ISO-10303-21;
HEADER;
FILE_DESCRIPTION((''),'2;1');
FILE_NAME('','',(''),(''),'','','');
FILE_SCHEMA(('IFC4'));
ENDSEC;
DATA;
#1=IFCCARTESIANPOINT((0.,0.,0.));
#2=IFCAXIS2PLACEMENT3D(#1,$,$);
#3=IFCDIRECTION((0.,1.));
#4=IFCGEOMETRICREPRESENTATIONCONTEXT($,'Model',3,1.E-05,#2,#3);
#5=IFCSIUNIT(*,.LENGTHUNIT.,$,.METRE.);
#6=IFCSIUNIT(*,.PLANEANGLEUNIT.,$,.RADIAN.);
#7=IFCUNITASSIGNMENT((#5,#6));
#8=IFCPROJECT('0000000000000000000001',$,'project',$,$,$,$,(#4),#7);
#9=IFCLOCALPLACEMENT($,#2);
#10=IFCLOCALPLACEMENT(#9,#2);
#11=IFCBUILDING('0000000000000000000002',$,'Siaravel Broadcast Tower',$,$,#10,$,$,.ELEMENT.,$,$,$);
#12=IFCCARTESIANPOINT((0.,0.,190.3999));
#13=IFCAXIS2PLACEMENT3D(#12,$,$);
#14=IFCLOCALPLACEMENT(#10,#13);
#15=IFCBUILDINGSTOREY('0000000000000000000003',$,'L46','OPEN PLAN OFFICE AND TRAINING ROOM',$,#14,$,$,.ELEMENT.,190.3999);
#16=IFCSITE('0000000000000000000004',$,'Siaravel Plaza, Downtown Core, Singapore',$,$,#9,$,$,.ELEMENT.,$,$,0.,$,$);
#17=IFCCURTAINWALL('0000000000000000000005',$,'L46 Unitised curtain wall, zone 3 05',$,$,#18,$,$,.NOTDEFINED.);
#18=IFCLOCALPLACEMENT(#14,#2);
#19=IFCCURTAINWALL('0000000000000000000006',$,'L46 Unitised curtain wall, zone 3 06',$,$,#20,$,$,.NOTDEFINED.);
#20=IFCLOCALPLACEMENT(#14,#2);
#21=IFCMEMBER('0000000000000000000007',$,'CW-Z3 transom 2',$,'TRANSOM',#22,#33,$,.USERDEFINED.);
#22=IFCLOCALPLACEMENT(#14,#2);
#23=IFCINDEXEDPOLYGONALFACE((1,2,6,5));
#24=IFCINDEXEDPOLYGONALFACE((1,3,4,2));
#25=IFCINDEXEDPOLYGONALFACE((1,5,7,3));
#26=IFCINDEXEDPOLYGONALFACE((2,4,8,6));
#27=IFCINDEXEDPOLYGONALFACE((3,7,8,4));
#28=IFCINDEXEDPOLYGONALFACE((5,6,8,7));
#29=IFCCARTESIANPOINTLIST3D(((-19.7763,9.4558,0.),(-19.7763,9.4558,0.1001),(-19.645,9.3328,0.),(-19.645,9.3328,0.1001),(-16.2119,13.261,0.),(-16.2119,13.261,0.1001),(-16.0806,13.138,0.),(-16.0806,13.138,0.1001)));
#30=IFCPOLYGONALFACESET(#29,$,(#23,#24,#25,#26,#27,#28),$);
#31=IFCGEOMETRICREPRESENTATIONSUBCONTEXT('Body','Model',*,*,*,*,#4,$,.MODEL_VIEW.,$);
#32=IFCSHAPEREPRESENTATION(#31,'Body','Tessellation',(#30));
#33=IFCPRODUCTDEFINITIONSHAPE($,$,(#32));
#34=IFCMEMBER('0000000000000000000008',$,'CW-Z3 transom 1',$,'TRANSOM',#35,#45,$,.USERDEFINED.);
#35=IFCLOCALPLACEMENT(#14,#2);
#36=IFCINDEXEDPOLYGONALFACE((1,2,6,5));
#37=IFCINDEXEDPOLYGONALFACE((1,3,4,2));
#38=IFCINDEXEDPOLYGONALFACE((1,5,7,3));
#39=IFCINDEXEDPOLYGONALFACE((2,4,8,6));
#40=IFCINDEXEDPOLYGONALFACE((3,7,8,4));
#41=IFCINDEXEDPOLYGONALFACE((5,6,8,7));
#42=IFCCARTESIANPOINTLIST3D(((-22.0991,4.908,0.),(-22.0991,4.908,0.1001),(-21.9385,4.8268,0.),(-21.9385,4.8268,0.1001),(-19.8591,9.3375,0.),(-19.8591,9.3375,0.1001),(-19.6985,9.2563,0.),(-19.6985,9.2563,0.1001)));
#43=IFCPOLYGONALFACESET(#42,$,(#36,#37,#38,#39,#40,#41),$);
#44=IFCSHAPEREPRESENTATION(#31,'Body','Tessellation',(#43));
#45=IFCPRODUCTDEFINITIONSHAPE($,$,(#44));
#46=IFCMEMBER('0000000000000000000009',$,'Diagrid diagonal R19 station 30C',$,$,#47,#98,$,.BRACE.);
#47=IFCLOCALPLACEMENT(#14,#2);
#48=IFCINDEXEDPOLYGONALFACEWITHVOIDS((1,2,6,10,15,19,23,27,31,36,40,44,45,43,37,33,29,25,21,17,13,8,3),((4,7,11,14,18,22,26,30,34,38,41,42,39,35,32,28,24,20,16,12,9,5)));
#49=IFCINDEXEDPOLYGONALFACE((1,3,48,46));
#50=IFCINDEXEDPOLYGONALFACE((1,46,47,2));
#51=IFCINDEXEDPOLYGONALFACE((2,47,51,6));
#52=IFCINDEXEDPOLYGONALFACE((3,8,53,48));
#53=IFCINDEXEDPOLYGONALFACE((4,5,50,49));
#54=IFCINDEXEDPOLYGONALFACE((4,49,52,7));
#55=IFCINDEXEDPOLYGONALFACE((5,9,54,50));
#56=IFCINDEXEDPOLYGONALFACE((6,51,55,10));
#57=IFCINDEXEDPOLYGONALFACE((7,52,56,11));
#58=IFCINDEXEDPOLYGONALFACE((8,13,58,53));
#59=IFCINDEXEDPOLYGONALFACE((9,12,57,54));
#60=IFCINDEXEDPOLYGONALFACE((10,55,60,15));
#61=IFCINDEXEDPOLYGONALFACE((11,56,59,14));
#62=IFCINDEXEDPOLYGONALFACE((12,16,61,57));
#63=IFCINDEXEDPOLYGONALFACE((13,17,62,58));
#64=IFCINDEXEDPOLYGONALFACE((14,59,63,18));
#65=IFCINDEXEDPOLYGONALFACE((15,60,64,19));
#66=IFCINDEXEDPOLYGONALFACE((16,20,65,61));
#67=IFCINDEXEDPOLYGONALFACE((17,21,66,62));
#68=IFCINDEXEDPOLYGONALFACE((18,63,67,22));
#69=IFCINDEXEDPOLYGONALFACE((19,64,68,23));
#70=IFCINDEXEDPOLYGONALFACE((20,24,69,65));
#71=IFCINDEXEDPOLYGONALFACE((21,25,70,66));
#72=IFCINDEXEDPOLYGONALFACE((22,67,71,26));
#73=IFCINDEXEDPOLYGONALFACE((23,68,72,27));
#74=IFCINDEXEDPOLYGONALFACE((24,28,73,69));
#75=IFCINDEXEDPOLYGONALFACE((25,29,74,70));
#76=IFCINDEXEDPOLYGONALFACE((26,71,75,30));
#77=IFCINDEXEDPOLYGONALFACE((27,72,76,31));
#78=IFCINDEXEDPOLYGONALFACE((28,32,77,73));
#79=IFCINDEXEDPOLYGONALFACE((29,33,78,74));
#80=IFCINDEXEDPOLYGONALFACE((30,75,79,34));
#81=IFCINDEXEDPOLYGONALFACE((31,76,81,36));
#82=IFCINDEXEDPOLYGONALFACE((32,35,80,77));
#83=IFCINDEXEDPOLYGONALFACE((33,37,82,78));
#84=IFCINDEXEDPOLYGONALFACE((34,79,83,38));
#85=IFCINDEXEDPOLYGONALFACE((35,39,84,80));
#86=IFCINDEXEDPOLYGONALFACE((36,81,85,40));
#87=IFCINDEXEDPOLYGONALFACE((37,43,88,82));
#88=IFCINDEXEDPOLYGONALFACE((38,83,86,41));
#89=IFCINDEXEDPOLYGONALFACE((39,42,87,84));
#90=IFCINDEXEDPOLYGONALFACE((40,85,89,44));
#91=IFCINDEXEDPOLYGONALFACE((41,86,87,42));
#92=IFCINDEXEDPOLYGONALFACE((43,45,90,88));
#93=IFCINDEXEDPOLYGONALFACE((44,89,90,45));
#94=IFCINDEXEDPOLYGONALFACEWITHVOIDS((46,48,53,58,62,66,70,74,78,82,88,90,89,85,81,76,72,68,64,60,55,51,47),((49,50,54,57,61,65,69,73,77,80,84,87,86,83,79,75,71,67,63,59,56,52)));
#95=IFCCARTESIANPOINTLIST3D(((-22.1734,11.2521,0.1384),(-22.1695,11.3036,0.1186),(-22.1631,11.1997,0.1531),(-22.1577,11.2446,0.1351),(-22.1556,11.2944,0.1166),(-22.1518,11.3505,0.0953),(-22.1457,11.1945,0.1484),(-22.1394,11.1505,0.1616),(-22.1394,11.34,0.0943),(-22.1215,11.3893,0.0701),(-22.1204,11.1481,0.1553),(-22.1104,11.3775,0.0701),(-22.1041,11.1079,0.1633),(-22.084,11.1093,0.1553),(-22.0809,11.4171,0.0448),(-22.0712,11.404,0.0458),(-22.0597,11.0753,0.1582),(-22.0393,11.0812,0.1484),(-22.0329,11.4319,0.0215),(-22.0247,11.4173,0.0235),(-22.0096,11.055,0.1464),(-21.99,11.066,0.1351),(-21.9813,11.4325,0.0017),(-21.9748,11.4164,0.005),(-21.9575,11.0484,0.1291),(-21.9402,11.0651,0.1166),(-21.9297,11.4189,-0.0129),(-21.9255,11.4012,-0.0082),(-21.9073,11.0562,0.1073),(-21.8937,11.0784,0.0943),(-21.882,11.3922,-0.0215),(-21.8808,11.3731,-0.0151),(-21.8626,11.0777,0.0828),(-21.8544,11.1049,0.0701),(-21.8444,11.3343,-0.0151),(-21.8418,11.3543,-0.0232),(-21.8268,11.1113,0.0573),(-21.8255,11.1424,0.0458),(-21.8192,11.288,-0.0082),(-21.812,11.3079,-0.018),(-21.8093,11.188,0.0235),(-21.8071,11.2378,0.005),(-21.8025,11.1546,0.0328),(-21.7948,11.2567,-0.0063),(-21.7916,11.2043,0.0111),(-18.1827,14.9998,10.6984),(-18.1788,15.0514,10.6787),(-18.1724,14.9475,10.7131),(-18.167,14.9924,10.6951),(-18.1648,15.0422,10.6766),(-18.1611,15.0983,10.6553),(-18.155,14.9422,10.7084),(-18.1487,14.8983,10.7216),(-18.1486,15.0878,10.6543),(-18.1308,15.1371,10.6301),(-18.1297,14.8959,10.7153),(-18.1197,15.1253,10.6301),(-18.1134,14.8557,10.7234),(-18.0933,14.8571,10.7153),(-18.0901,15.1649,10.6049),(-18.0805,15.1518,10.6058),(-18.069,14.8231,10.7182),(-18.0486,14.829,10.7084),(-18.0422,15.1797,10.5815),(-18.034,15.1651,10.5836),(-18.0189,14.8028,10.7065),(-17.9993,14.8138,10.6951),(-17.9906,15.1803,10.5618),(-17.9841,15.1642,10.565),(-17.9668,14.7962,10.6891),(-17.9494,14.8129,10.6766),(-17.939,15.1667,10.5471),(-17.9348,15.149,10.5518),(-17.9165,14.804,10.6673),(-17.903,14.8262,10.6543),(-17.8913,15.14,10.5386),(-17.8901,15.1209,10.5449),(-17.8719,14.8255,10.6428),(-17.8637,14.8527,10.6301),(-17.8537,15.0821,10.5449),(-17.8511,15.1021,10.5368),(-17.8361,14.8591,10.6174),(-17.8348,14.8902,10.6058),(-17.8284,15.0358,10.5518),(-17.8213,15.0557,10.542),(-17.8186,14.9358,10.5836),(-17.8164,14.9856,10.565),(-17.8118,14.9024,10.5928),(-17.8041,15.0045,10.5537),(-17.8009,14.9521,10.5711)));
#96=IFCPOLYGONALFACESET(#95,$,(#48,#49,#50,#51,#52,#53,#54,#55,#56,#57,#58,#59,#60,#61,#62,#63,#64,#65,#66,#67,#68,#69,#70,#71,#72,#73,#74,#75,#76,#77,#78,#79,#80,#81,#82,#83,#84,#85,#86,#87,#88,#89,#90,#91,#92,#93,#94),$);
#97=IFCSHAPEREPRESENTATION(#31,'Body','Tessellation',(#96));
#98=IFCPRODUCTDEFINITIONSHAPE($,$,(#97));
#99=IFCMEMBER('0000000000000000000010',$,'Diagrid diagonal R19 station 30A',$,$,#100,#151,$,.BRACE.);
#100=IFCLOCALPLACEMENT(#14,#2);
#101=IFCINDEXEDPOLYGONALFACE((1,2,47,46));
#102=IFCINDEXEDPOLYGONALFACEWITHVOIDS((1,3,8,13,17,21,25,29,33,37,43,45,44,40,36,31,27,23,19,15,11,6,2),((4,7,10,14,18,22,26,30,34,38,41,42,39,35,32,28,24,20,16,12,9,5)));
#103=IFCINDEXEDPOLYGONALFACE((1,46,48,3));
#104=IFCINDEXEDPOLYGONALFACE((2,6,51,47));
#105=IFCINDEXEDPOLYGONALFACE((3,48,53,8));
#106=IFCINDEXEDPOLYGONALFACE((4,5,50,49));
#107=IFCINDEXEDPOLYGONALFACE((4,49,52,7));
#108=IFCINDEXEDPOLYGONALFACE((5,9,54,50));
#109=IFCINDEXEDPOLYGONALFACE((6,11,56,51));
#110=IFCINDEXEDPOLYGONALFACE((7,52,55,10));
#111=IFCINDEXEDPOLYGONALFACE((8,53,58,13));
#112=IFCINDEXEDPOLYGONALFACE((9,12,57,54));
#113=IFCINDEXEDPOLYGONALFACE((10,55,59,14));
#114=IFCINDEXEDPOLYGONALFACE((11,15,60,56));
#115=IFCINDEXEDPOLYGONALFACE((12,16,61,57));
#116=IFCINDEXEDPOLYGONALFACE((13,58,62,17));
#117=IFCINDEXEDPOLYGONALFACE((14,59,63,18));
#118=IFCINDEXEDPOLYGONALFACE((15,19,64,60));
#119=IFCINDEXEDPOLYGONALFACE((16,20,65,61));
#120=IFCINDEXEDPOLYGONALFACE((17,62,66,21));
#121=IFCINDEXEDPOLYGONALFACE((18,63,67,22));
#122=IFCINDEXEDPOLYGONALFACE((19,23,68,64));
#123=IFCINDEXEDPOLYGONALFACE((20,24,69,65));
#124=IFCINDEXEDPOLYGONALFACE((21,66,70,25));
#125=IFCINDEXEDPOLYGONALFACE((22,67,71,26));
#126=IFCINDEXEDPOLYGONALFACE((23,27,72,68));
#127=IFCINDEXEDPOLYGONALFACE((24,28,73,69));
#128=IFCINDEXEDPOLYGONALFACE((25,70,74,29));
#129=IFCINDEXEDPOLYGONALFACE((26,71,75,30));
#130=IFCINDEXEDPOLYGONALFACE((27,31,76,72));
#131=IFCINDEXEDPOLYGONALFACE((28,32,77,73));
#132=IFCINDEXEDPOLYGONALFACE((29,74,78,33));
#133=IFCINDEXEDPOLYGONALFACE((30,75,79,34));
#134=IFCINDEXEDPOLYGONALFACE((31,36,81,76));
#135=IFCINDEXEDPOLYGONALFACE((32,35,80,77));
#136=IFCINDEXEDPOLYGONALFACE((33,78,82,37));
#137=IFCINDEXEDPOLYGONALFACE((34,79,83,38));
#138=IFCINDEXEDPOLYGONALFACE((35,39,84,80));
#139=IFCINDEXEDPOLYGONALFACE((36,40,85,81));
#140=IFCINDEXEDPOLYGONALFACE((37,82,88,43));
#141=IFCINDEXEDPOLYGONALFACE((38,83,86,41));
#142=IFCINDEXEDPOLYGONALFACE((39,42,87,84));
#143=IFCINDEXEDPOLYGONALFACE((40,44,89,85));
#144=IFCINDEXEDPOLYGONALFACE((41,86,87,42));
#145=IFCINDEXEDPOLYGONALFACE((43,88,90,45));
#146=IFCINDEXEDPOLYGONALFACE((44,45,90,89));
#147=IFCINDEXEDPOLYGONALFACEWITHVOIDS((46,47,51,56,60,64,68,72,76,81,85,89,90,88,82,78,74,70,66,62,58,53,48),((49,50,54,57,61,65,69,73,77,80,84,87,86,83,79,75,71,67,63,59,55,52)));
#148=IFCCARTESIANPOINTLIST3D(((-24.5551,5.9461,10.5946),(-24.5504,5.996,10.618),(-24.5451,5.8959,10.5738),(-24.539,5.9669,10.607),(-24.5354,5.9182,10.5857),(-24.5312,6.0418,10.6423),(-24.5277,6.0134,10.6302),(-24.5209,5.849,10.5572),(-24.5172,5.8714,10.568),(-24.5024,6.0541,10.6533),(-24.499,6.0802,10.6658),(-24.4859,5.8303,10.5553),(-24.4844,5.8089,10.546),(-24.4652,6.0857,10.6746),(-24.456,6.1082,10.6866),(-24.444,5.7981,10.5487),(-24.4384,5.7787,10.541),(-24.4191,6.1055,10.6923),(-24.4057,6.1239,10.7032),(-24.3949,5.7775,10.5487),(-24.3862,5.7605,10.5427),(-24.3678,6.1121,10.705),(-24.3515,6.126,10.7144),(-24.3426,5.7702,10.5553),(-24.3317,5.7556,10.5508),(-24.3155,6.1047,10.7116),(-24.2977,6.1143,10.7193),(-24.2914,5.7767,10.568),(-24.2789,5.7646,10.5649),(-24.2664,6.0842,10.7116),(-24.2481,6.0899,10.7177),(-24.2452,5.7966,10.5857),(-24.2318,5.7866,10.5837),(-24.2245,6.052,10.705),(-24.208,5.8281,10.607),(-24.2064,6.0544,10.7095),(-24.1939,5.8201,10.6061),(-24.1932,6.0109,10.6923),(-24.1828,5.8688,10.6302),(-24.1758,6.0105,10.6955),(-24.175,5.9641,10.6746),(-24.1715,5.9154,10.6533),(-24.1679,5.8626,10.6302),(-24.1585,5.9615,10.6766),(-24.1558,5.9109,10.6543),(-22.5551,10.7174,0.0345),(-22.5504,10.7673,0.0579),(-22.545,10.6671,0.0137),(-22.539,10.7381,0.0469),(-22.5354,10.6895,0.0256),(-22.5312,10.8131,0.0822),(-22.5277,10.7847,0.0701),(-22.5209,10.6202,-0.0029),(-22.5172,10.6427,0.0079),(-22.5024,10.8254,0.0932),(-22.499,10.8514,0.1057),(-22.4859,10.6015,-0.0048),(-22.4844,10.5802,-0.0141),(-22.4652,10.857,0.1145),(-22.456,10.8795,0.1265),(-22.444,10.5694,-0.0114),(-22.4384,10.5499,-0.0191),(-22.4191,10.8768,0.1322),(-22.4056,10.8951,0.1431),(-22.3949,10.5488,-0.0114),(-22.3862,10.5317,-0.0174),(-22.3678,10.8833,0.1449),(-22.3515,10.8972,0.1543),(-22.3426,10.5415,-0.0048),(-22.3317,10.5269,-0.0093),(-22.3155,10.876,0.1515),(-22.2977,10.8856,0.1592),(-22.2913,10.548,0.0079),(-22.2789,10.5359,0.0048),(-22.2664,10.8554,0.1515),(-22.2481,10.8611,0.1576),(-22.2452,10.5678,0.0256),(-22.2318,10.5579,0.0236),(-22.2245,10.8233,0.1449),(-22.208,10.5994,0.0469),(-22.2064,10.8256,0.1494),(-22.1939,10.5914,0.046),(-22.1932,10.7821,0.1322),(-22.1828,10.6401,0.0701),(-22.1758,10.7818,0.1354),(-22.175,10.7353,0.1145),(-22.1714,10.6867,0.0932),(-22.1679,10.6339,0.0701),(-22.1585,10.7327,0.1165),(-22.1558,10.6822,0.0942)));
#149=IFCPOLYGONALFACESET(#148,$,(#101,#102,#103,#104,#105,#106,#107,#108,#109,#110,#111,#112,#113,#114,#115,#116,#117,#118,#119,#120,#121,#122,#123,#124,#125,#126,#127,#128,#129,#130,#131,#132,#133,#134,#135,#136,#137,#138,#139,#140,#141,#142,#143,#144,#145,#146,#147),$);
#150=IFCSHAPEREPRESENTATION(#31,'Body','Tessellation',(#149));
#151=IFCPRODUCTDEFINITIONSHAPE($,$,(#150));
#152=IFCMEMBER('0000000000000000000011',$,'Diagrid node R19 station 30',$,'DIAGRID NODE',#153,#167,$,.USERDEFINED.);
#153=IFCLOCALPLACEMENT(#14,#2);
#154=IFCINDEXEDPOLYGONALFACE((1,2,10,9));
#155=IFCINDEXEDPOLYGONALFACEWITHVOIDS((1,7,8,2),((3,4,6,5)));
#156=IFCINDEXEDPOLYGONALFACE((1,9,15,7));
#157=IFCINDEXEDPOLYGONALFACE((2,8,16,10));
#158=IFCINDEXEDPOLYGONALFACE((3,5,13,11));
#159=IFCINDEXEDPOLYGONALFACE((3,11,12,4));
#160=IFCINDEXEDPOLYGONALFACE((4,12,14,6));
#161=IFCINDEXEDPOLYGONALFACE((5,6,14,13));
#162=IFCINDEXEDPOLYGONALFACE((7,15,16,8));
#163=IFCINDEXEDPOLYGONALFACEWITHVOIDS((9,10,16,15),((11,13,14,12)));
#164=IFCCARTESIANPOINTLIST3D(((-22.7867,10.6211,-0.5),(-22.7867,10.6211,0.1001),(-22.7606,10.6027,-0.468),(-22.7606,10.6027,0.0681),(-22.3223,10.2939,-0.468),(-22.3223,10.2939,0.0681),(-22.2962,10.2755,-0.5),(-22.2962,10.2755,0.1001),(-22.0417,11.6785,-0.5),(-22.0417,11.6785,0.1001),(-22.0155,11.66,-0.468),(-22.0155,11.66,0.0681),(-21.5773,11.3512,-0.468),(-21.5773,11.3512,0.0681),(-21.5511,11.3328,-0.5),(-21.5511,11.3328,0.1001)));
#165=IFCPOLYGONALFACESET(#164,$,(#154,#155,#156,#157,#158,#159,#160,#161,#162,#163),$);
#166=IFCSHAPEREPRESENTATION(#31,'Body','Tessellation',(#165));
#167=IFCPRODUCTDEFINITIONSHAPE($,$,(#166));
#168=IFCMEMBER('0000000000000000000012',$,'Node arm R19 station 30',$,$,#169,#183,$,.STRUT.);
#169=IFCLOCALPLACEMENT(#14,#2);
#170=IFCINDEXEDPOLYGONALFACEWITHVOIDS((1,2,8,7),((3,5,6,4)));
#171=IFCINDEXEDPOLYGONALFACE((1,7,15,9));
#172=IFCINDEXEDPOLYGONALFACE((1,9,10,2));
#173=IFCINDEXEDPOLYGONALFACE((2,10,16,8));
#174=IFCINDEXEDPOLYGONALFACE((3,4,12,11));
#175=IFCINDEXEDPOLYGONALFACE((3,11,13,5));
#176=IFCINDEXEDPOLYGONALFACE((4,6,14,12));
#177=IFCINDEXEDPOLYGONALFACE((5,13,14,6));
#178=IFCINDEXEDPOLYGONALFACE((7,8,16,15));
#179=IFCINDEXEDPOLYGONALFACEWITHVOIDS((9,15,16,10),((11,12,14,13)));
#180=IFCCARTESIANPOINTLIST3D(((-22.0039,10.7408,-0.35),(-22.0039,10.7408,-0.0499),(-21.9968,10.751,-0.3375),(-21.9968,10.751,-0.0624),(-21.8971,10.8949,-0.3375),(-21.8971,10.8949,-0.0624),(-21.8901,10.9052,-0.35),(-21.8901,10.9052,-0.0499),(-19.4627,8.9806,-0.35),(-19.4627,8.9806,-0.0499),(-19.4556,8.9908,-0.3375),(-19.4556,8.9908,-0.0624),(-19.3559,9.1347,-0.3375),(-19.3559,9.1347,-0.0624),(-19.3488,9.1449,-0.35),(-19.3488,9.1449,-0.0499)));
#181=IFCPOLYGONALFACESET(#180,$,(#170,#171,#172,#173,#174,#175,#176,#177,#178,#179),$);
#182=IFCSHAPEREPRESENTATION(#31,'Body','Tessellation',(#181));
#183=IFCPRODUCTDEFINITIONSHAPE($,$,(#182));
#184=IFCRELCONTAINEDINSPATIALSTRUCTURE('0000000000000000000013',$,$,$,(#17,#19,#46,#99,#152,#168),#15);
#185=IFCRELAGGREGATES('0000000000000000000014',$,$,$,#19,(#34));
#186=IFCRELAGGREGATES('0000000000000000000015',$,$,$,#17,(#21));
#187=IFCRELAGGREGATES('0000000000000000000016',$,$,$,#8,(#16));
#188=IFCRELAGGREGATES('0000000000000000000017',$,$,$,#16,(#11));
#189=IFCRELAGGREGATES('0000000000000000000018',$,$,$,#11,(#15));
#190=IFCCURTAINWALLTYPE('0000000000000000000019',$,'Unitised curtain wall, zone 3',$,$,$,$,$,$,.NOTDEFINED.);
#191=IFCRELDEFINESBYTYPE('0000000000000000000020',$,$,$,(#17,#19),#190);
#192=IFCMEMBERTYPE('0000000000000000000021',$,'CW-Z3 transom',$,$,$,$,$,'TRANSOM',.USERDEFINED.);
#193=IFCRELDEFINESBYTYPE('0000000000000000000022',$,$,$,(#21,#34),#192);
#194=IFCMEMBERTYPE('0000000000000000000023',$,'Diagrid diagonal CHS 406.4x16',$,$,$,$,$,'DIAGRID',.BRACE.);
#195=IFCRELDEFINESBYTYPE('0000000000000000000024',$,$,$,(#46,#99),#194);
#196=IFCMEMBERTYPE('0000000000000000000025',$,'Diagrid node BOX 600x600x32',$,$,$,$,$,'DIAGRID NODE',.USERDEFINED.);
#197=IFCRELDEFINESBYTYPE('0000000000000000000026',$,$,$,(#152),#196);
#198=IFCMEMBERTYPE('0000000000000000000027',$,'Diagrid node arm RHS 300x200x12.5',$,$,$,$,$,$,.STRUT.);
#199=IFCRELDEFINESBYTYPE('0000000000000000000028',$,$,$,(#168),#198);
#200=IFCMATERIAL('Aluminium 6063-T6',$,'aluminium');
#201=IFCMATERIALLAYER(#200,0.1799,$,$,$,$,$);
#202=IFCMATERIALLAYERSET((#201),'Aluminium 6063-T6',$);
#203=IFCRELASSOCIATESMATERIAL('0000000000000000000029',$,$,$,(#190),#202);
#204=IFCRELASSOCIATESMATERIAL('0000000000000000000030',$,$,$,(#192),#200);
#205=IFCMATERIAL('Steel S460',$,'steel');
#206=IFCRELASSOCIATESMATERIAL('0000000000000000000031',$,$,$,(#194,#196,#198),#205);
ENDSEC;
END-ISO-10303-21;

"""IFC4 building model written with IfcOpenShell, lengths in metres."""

from ifc_helpers import new_model, si_unit, direction, frame, origin, origin_2d, place, context, subcontext, project, spatial, rectangle, hollow_rectangle, hollow_circle, extrude, material, layer, layer_set, material_profile, profile_set, type_object, element, aggregate, save


model = new_model("IFC4")

# Units and contexts
model_context = context("Model", 3, precision=1e-05, world=origin(), true_north=direction((0.0, 1.0)))
body_context = subcontext(model_context, "Body", "Model", "MODEL_VIEW")
ifc_project = project(units=[si_unit("LENGTHUNIT", "METRE"), si_unit("PLANEANGLEUNIT", "RADIAN")], contexts=[model_context])

# Site, building, storey
site_placement = place(None, origin())
site = spatial("IfcSite", under=ifc_project, at=site_placement, Name="Siaravel Plaza, Downtown Core, Singapore", CompositionType="ELEMENT", RefElevation=0.0)
building_placement = place(site_placement, origin())
building = spatial("IfcBuilding", under=site, at=building_placement, Name="Siaravel Broadcast Tower", CompositionType="ELEMENT")
storey_placement = place(building_placement, frame((0.0, 0.0, 190.3999)))
storey = spatial("IfcBuildingStorey", under=building, at=storey_placement, Name="L46", Description="OPEN PLAN OFFICE AND TRAINING ROOM", CompositionType="ELEMENT", Elevation=190.3999)

# Curtain wall
ifc_material_1 = material(Name="Aluminium 6063-T6", Category="aluminium")
ifc_layer_1 = layer(ifc_material_1, 0.1799)
ifc_layer_set_1 = layer_set([ifc_layer_1], Name="Aluminium 6063-T6")
curtain_wall_type = type_object("IfcCurtainWallType", Name="Unitised curtain wall, zone 3", PredefinedType="NOTDEFINED", material=ifc_layer_set_1)
curtain_wall_1_placement = place(storey_placement, origin())
curtain_wall_1 = element("IfcCurtainWall", 1, at=curtain_wall_1_placement, inside=storey, type_object=curtain_wall_type, Name="L46 Unitised curtain wall, zone 3 05", PredefinedType="NOTDEFINED")

# Curtain wall
curtain_wall_2_placement = place(storey_placement, origin())
curtain_wall_2 = element("IfcCurtainWall", 2, at=curtain_wall_2_placement, inside=storey, type_object=curtain_wall_type, Name="L46 Unitised curtain wall, zone 3 06", PredefinedType="NOTDEFINED")

# Members
ifc_material_profile_1 = material_profile(ifc_material_1, rectangle(XDim=0.1799, YDim=0.1001, at=origin_2d()))
ifc_profile_set_1 = profile_set([ifc_material_profile_1], Name="Aluminium 6063-T6")
member_type_1 = type_object("IfcMemberType", Name="CW-Z3 transom", ElementType="TRANSOM", PredefinedType="USERDEFINED", material=ifc_profile_set_1)
member_1_placement = place(storey_placement, frame((-16.1462, 13.1995, 0.05), z_axis=(-0.683645, -0.729815, 0.0), x_axis=(0.729815, -0.683645, 0.0)))
member_1 = element("IfcMember", 3, at=member_1_placement, type_object=member_type_1, Name="CW-Z3 transom 2", ObjectType="TRANSOM", PredefinedType="USERDEFINED", context=body_context, shape_type="SweptSolid", body=[
    extrude(rectangle(XDim=0.1799, YDim=0.1001, at=origin_2d()), origin(), (0.0, 0.0, 1.0), 5.2139),
])
member_2_placement = place(storey_placement, frame((-19.7788, 9.2969, 0.05), z_axis=(-0.451282, -0.892382, 0.0), x_axis=(0.892382, -0.451282, 0.0)))
member_2 = element("IfcMember", 4, at=member_2_placement, type_object=member_type_1, Name="CW-Z3 transom 1", ObjectType="TRANSOM", PredefinedType="USERDEFINED", context=body_context, shape_type="SweptSolid", body=[
    extrude(rectangle(XDim=0.1799, YDim=0.1001, at=origin_2d()), origin(), (0.0, 0.0, 1.0), 4.9636),
])
aggregate(curtain_wall_2, [member_2])

# Members
ifc_material_2 = material(Name="Steel S460", Category="steel")
ifc_material_profile_2 = material_profile(ifc_material_2, hollow_circle(Radius=0.2031, WallThickness=0.0161, at=origin_2d()))
ifc_profile_set_2 = profile_set([ifc_material_profile_2], Name="Steel S460")
member_type_2 = type_object("IfcMemberType", Name="Diagrid diagonal CHS 406.4x16", ElementType="DIAGRID", PredefinedType="BRACE", material=ifc_profile_set_2)
member_3_placement = place(storey_placement, frame((-21.9824, 11.2412, 0.0701), z_axis=(0.335501, 0.315079, 0.887786), x_axis=(-0.684573, 0.728944, 0.0)))
element("IfcMember", 5, at=member_3_placement, inside=storey, type_object=member_type_2, Name="Diagrid diagonal R19 station 30C", PredefinedType="BRACE", context=body_context, shape_type="SweptSolid", body=[
    extrude(hollow_circle(Radius=0.2031, WallThickness=0.0161, at=origin_2d()), origin(), (0.0, 0.0, 1.0), 11.8948),
])
member_4_placement = place(storey_placement, frame((-22.3552, 10.7124, 0.0701), z_axis=(-0.170079, -0.405744, 0.898023), x_axis=(0.922252, -0.386588, 0.0)))
element("IfcMember", 6, at=member_4_placement, inside=storey, type_object=member_type_2, Name="Diagrid diagonal R19 station 30A", PredefinedType="BRACE", context=body_context, shape_type="SweptSolid", body=[
    extrude(hollow_circle(Radius=0.2031, WallThickness=0.0161, at=origin_2d()), origin(), (0.0, 0.0, 1.0), 11.7593),
])
ifc_material_profile_3 = material_profile(ifc_material_2, hollow_rectangle(XDim=0.6001, YDim=0.6001, WallThickness=0.032, at=origin_2d()))
ifc_profile_set_3 = profile_set([ifc_material_profile_3], Name="Steel S460")
member_type_3 = type_object("IfcMemberType", Name="Diagrid node BOX 600x600x32", ElementType="DIAGRID NODE", PredefinedType="USERDEFINED", material=ifc_profile_set_3)
member_5_placement = place(storey_placement, frame((-21.7964, 11.5056, -0.2), z_axis=(-0.576031, -0.817428, 0.0), x_axis=(0.817428, -0.576031, 0.0)))
element("IfcMember", 7, at=member_5_placement, inside=storey, type_object=member_type_3, Name="Diagrid node R19 station 30", ObjectType="DIAGRID NODE", PredefinedType="USERDEFINED", context=body_context, shape_type="SweptSolid", body=[
    extrude(hollow_rectangle(XDim=0.6001, YDim=0.6001, WallThickness=0.032, at=origin_2d()), origin(), (0.0, 0.0, 1.0), 1.2935),
])
ifc_material_profile_4 = material_profile(ifc_material_2, hollow_rectangle(XDim=0.2, YDim=0.3, WallThickness=0.0125, at=origin_2d()))
ifc_profile_set_4 = profile_set([ifc_material_profile_4], Name="Steel S460")
member_type_4 = type_object("IfcMemberType", Name="Diagrid node arm RHS 300x200x12.5", PredefinedType="STRUT", material=ifc_profile_set_4)
member_6_placement = place(storey_placement, frame((-19.4058, 9.0627, -0.2), z_axis=(-0.822053, 0.569411, 0.0), x_axis=(-0.569411, -0.822053, 0.0)))
element("IfcMember", 8, at=member_6_placement, inside=storey, type_object=member_type_4, Name="Node arm R19 station 30", PredefinedType="STRUT", context=body_context, shape_type="SweptSolid", body=[
    extrude(hollow_rectangle(XDim=0.2, YDim=0.3, WallThickness=0.0125, at=origin_2d()), origin(), (0.0, 0.0, 1.0), 3.0913),
])

aggregate(curtain_wall_1, [member_1])

save(model, "model.ifc")
